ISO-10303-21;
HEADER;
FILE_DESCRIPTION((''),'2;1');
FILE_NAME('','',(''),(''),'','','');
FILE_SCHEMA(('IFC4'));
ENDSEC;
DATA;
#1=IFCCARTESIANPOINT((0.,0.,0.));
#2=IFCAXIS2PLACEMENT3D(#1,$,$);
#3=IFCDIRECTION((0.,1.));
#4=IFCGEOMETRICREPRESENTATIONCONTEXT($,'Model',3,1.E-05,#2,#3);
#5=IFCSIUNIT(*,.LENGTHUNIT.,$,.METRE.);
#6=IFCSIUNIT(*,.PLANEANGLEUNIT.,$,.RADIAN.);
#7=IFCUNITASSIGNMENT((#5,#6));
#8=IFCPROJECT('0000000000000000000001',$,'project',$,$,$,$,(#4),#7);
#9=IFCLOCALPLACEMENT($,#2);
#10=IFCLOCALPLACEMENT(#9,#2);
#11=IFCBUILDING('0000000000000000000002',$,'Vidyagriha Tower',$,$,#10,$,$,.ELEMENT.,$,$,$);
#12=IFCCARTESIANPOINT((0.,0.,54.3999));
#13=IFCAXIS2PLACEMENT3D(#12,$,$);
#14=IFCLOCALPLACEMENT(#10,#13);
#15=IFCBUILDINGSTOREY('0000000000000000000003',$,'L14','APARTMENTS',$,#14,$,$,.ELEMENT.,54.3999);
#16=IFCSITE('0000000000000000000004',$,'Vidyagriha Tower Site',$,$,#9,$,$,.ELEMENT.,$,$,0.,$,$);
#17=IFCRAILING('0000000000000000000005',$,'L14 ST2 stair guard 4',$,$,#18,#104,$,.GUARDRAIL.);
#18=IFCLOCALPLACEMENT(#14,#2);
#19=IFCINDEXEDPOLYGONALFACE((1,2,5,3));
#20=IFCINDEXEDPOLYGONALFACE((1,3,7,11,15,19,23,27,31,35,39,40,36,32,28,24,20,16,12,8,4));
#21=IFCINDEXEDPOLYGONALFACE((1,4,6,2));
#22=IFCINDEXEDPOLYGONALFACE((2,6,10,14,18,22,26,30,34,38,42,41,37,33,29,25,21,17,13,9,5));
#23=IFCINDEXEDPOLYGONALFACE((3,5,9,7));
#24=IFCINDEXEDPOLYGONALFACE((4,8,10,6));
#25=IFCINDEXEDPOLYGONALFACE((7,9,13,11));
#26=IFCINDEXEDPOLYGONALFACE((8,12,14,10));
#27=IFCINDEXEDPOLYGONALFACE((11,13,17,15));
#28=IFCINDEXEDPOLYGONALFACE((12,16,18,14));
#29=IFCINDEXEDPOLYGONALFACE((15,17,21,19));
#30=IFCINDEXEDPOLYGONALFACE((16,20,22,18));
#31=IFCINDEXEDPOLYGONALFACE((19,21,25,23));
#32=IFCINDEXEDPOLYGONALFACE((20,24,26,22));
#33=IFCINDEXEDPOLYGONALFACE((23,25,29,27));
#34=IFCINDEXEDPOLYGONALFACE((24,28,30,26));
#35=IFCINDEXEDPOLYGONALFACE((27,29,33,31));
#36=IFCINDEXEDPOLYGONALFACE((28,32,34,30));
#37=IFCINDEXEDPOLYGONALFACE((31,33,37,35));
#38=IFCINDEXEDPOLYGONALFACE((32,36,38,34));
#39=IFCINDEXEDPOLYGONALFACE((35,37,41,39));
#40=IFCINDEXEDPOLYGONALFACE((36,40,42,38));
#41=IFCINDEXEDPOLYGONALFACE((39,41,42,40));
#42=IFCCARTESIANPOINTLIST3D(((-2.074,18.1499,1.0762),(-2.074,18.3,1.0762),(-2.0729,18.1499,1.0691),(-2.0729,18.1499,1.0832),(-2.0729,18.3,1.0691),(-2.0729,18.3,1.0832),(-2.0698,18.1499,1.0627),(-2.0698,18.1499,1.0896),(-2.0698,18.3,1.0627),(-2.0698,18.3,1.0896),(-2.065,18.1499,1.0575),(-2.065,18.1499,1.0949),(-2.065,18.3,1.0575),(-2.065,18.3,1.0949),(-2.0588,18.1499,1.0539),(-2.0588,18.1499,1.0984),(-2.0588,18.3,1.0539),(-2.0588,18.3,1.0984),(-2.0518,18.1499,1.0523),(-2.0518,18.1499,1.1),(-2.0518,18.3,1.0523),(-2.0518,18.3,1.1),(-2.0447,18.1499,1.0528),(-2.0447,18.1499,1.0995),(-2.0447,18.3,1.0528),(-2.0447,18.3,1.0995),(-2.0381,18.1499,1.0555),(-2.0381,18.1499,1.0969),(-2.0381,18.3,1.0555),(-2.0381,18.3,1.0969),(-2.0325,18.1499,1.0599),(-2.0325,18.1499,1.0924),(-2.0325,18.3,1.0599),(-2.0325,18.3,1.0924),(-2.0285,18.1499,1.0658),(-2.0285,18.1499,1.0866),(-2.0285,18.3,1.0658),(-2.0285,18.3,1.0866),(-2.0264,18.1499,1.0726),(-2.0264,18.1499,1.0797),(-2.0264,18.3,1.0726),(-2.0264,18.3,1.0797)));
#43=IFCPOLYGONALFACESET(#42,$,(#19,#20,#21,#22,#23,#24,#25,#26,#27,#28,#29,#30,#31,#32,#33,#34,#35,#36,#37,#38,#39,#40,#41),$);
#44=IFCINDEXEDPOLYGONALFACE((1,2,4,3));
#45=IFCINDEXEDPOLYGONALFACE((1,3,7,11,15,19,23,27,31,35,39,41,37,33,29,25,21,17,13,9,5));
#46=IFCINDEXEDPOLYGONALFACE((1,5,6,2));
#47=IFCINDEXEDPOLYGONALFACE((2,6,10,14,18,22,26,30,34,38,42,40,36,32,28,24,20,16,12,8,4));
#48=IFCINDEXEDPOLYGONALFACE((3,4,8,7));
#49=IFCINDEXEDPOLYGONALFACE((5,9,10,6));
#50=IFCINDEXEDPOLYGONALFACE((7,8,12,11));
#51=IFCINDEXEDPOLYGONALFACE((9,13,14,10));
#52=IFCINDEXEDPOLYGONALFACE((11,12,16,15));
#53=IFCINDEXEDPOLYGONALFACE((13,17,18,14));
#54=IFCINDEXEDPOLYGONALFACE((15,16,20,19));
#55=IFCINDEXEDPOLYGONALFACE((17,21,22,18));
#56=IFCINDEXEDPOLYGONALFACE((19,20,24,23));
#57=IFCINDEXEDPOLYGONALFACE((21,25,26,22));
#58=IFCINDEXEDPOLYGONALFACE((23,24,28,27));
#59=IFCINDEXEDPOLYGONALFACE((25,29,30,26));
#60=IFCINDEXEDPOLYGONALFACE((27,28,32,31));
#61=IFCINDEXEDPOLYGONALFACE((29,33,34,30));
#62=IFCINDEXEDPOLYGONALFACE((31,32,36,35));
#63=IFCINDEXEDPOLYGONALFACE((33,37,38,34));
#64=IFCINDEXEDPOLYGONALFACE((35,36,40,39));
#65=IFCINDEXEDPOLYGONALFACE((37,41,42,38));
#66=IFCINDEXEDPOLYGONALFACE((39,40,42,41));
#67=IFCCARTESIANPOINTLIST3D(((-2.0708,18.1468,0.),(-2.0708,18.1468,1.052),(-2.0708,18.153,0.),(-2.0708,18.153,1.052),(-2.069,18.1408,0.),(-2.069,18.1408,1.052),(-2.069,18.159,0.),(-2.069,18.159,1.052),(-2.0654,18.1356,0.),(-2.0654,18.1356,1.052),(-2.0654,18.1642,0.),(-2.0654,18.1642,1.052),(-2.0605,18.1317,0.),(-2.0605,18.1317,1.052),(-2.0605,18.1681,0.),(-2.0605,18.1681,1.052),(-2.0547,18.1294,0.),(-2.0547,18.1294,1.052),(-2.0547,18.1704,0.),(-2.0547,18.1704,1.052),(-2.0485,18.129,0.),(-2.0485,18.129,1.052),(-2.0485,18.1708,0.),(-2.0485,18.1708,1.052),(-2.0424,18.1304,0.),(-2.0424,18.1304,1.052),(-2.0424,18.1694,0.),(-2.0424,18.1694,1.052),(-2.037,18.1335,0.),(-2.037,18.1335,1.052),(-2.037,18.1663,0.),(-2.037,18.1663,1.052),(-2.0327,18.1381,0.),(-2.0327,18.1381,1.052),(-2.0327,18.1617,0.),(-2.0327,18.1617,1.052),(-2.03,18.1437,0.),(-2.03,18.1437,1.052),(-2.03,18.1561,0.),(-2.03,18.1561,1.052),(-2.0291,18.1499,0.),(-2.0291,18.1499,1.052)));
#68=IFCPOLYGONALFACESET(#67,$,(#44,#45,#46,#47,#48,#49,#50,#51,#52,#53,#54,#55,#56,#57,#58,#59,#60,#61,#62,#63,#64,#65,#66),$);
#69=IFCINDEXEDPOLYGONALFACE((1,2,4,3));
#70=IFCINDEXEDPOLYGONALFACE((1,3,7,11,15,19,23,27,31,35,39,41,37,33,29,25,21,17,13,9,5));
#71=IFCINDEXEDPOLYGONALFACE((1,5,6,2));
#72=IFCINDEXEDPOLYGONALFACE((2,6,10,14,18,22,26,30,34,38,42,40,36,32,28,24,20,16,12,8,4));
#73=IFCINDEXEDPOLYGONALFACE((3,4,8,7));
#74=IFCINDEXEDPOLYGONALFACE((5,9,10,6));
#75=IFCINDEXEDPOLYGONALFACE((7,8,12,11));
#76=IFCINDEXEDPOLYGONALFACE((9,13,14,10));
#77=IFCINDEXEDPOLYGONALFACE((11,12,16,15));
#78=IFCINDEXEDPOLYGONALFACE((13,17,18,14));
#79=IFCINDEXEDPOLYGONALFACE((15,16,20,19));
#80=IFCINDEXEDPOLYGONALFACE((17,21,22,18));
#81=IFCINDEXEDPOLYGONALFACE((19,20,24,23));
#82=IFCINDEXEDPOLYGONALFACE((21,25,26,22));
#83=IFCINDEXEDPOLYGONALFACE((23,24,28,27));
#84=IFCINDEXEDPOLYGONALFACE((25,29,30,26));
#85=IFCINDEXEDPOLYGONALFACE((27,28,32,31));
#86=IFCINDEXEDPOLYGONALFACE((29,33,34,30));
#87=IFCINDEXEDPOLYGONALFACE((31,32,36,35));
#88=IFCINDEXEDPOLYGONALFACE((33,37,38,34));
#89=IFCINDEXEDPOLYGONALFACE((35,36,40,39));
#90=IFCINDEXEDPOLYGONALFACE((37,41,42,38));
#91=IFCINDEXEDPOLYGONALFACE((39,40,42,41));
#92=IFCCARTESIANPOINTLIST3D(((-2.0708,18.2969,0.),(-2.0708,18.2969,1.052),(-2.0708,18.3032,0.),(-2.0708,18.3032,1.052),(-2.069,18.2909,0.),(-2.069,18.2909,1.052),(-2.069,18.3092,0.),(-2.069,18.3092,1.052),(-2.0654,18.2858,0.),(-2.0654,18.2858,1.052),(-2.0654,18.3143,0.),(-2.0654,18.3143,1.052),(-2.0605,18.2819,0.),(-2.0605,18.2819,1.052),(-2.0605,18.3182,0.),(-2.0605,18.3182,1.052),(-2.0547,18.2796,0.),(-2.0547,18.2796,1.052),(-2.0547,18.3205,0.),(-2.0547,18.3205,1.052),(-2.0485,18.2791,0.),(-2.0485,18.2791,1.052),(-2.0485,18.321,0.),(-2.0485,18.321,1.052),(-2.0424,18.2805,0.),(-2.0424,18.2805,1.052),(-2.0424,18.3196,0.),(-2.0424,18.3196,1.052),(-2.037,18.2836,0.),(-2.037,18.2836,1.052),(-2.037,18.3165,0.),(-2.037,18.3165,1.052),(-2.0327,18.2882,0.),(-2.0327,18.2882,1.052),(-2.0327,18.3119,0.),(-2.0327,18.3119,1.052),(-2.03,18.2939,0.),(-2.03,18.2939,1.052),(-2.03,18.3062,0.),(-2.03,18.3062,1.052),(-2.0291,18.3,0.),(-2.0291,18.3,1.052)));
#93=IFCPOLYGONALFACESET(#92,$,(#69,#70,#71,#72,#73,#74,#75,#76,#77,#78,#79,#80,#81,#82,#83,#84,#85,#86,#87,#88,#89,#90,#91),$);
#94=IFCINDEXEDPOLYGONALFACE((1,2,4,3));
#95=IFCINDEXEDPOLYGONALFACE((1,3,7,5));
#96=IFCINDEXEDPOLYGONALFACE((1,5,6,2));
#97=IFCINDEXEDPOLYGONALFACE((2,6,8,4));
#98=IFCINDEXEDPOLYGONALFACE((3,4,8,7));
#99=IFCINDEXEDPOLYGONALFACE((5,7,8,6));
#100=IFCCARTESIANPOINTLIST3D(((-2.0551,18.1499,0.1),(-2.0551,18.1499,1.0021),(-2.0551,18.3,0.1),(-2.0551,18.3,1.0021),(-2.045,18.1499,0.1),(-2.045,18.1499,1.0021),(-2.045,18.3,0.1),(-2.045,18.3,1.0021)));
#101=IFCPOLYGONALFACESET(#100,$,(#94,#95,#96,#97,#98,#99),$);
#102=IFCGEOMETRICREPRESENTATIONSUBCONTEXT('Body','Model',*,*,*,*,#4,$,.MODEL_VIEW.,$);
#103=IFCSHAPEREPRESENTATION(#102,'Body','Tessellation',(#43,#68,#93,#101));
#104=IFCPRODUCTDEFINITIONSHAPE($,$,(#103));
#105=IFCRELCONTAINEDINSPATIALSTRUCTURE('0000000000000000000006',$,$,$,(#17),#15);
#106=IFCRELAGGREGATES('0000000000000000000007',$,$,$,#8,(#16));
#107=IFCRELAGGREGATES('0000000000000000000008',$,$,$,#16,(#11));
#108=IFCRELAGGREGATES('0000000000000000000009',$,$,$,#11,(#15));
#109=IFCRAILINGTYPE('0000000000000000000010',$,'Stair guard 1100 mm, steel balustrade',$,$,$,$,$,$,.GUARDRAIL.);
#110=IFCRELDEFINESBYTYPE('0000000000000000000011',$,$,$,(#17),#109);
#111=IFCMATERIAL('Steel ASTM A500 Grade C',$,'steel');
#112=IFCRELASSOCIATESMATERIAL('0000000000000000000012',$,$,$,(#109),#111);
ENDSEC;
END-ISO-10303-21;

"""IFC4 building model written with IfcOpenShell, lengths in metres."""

from ifc_helpers import new_model, si_unit, direction, frame, origin, origin_2d, place, context, subcontext, project, spatial, rectangle, circle, extrude, material, type_object, element, save


model = new_model("IFC4")

# Units and contexts
model_context = context("Model", 3, precision=1e-05, world=origin(), true_north=direction((0.0, 1.0)))
body_context = subcontext(model_context, "Body", "Model", "MODEL_VIEW")
ifc_project = project(units=[si_unit("LENGTHUNIT", "METRE"), si_unit("PLANEANGLEUNIT", "RADIAN")], contexts=[model_context])

# Site, building, storey
site_placement = place(None, origin())
site = spatial("IfcSite", under=ifc_project, at=site_placement, Name="Vidyagriha Tower Site", CompositionType="ELEMENT", RefElevation=0.0)
building_placement = place(site_placement, origin())
building = spatial("IfcBuilding", under=site, at=building_placement, Name="Vidyagriha Tower", CompositionType="ELEMENT")
storey_placement = place(building_placement, frame((0.0, 0.0, 54.3999)))
storey = spatial("IfcBuildingStorey", under=building, at=storey_placement, Name="L14", Description="APARTMENTS", CompositionType="ELEMENT", Elevation=54.3999)

# Railing
ifc_material_1 = material(Name="Steel ASTM A500 Grade C", Category="steel")
railing_type_1 = type_object("IfcRailingType", Name="Stair guard 1100 mm, steel balustrade", PredefinedType="GUARDRAIL", material=ifc_material_1)
railing_1_placement = place(storey_placement, frame((-2.05, 18.1499, 0.0)))
element("IfcRailing", 1, at=railing_1_placement, inside=storey, type_object=railing_type_1, Name="L14 ST2 stair guard 4", PredefinedType="GUARDRAIL", context=body_context, shape_type="SweptSolid", body=[
    extrude(circle(Radius=0.0239, at=origin_2d()), frame((0.0, 0.0, 1.0762), z_axis=(0.0, 1.0, 0.0), x_axis=(-1.0, 0.0, 0.0)), (0.0, 0.0, 1.0), 0.1501),
    extrude(circle(Radius=0.021, at=origin_2d()), origin(), (0.0, 0.0, 1.0), 1.052),
    extrude(circle(Radius=0.021, at=origin_2d()), frame((0.0, 0.1501, 0.0)), (0.0, 0.0, 1.0), 1.052),
    extrude(rectangle(XDim=0.01, YDim=0.9021, at=origin_2d()), frame((0.0, 0.0, 0.551), z_axis=(0.0, 1.0, 0.0), x_axis=(-1.0, 0.0, 0.0)), (0.0, 0.0, 1.0), 0.1501),
])

save(model, "model.ifc")
